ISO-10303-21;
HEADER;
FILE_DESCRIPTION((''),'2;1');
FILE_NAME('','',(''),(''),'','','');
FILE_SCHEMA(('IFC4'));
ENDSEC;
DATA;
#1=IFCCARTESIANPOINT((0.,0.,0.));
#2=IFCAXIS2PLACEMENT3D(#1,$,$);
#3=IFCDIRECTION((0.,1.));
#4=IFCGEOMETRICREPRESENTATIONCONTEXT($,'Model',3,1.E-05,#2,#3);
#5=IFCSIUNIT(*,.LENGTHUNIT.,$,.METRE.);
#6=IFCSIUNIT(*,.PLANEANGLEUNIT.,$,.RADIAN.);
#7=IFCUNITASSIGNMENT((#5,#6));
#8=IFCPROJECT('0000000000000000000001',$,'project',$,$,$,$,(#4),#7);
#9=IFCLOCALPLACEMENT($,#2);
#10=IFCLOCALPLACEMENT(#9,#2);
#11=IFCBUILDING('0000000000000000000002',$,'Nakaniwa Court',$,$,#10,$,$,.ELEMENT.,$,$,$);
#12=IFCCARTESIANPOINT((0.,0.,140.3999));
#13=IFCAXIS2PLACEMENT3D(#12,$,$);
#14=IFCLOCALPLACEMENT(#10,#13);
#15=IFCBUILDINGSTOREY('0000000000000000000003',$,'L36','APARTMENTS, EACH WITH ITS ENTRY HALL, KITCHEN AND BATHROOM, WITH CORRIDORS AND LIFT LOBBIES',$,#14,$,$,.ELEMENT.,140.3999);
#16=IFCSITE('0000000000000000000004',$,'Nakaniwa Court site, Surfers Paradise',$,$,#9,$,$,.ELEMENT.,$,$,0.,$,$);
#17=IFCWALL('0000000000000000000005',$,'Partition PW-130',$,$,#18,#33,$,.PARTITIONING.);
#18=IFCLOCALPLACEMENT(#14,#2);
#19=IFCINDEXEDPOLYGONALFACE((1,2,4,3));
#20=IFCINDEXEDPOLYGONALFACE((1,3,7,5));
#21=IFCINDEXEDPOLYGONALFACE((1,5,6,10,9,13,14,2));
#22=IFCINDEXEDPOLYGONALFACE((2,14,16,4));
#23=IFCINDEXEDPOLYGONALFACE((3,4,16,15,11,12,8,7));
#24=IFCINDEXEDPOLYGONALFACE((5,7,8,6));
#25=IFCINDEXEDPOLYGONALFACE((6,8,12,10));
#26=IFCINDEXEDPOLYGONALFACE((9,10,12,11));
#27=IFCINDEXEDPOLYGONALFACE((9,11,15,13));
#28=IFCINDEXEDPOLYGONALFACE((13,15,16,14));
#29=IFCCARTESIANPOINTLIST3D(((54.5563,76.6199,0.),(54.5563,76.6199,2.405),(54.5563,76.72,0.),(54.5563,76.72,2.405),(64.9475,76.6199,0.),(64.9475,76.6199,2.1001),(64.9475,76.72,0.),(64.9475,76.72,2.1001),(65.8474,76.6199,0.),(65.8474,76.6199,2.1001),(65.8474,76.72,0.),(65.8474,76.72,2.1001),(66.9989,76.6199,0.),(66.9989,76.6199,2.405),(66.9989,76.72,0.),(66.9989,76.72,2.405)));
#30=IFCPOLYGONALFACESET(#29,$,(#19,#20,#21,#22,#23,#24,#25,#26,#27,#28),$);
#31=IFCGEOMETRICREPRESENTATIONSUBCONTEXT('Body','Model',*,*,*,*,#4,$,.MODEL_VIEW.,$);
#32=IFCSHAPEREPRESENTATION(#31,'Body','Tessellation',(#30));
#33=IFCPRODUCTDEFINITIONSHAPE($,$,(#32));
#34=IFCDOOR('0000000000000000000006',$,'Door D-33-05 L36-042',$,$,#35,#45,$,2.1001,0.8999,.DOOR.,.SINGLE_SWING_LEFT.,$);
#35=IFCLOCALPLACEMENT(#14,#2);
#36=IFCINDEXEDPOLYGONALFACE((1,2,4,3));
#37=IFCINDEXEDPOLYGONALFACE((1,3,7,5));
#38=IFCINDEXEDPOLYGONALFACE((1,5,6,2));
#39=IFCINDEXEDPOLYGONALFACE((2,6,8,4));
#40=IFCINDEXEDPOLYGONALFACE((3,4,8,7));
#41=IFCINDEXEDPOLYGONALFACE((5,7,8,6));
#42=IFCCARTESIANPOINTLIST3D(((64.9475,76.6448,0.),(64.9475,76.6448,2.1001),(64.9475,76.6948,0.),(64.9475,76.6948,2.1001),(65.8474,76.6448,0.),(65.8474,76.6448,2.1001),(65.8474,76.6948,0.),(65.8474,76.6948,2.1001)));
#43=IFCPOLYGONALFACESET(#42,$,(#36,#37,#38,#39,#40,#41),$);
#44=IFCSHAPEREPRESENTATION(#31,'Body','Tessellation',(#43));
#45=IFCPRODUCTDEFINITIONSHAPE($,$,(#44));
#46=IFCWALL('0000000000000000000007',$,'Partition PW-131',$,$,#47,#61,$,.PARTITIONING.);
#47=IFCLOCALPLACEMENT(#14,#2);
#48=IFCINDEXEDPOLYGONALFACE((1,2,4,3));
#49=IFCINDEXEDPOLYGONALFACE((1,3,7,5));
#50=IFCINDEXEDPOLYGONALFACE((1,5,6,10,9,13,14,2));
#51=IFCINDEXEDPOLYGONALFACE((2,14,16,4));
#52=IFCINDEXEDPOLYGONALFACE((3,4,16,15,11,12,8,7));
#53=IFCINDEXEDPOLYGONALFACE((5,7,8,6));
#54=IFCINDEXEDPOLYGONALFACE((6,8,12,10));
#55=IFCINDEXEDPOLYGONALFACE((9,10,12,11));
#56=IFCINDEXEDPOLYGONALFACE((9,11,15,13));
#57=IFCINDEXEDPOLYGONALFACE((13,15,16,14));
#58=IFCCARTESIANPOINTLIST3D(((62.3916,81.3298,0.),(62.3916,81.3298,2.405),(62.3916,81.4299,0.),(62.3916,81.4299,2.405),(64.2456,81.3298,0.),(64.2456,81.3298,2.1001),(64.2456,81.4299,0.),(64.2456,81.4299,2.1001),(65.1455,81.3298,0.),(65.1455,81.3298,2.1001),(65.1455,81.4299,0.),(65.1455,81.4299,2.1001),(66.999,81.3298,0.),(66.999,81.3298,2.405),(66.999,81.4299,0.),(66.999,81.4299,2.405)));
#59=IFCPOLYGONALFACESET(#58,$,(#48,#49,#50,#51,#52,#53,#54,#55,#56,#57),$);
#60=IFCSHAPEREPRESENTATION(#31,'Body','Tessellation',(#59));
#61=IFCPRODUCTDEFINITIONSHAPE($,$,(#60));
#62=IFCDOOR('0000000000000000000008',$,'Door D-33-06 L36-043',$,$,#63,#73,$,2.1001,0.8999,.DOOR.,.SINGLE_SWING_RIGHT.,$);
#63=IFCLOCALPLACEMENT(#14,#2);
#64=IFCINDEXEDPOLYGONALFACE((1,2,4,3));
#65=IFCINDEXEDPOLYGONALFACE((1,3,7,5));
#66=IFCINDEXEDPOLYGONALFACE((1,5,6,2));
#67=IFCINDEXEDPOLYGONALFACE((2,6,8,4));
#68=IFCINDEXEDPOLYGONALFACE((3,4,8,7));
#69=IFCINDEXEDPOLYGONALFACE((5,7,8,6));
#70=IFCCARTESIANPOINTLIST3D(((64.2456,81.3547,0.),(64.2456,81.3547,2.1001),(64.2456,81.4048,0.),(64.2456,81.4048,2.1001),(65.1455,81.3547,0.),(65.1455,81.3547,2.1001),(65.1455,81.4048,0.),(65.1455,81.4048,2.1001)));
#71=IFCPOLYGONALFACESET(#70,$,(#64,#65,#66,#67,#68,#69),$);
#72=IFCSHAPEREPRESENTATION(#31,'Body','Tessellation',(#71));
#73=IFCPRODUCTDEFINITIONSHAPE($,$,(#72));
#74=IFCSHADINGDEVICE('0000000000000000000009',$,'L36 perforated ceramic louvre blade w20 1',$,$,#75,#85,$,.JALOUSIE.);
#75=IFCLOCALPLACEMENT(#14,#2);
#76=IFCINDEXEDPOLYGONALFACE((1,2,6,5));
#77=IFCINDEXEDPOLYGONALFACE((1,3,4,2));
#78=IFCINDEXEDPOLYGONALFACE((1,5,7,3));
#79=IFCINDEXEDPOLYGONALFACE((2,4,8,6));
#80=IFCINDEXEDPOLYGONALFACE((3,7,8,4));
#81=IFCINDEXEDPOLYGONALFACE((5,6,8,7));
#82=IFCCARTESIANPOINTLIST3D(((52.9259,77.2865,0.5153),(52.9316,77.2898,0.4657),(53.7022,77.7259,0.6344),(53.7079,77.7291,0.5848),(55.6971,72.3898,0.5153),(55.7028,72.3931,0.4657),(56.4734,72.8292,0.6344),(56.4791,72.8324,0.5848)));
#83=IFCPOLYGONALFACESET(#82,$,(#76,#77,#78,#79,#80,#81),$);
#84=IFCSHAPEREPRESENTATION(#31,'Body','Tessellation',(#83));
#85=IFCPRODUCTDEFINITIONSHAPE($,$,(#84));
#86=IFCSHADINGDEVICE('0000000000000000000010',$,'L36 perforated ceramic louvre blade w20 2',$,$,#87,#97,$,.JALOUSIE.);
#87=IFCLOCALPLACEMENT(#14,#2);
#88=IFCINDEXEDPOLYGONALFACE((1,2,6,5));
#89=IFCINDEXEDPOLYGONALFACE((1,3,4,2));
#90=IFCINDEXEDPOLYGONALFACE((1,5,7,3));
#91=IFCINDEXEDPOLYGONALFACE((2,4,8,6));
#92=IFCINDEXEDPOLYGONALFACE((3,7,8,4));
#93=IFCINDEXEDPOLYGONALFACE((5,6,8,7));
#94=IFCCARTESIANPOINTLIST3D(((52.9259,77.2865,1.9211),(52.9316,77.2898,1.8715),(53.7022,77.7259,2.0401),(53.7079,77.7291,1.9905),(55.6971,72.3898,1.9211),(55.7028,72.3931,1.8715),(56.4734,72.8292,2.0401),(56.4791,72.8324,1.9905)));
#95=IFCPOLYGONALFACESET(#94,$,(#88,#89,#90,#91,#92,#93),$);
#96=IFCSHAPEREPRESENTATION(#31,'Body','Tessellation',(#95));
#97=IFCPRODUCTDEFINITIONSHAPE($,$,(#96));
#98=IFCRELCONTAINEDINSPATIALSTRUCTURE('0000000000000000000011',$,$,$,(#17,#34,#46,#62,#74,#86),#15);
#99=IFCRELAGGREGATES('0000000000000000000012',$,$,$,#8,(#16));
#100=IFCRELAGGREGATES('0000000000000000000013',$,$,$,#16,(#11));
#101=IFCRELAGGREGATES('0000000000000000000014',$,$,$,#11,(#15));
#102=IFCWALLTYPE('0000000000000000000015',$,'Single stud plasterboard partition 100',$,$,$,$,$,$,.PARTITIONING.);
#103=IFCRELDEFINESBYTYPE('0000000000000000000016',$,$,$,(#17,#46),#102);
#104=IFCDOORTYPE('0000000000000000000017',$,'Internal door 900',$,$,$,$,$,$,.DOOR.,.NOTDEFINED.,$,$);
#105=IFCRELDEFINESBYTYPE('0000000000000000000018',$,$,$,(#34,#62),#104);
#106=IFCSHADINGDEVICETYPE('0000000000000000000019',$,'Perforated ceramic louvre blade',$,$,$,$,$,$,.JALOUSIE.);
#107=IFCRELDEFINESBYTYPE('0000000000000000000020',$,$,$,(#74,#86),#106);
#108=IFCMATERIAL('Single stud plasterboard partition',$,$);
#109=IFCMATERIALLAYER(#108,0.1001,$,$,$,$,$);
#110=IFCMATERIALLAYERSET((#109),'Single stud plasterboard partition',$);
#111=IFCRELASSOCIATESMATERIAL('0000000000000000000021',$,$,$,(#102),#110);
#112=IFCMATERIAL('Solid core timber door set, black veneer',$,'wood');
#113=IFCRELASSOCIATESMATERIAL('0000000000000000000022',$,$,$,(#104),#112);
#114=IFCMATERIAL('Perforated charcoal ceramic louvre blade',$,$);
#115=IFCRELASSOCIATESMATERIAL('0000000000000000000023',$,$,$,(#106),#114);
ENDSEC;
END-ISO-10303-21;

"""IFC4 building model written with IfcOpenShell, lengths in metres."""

from ifc_helpers import new_model, si_unit, direction, frame, frame_2d, origin, origin_2d, place, context, subcontext, project, spatial, rectangle, extrude, material, layer, layer_set, material_profile, profile_set, type_object, element, fill, save


model = new_model("IFC4")

# Units and contexts
model_context = context("Model", 3, precision=1e-05, world=origin(), true_north=direction((0.0, 1.0)))
body_context = subcontext(model_context, "Body", "Model", "MODEL_VIEW")
ifc_project = project(units=[si_unit("LENGTHUNIT", "METRE"), si_unit("PLANEANGLEUNIT", "RADIAN")], contexts=[model_context])

# Site, building, storey
site_placement = place(None, origin())
site = spatial("IfcSite", under=ifc_project, at=site_placement, Name="Nakaniwa Court site, Surfers Paradise", CompositionType="ELEMENT", RefElevation=0.0)
building_placement = place(site_placement, origin())
building = spatial("IfcBuilding", under=site, at=building_placement, Name="Nakaniwa Court", CompositionType="ELEMENT")
storey_placement = place(building_placement, frame((0.0, 0.0, 140.3999)))
storey = spatial("IfcBuildingStorey", under=building, at=storey_placement, Name="L36", Description="APARTMENTS, EACH WITH ITS ENTRY HALL, KITCHEN AND BATHROOM, WITH CORRIDORS AND LIFT LOBBIES", CompositionType="ELEMENT", Elevation=140.3999)

# Shared definitions
ifc_material_1 = material(Name="Single stud plasterboard partition")
ifc_layer_1 = layer(ifc_material_1, 0.1001)
ifc_layer_set_1 = layer_set([ifc_layer_1], Name="Single stud plasterboard partition")
wall_type_1 = type_object("IfcWallType", Name="Single stud plasterboard partition 100", PredefinedType="PARTITIONING", material=ifc_layer_set_1)

# Walls, openings, doors
wall_1_placement = place(storey_placement, frame((54.5564, 76.6699, 0.0), z_axis=(0.0, 0.0, 1.0), x_axis=(1.0, 0.0, 0.0)))
wall_1 = element("IfcWall", 1, at=wall_1_placement, inside=storey, type_object=wall_type_1, Name="Partition PW-130", PredefinedType="PARTITIONING", context=body_context, shape_type="SweptSolid", body=[
    extrude(rectangle(XDim=12.4426, YDim=0.1001, at=frame_2d((6.2212, 0.0))), origin(), (0.0, 0.0, 1.0), 2.405),
])
opening_1_placement = place(wall_1_placement, frame((10.3911, 0.0, 0.0)))
opening_1 = element("IfcOpeningElement", 2, at=opening_1_placement, cuts=wall_1, PredefinedType="OPENING", context=body_context, shape_type="SweptSolid", body=[
    extrude(rectangle(XDim=0.8999, YDim=2.1001, at=frame_2d((0.45, 1.05))), frame((0.0, 0.0601, 0.0), z_axis=(0.0, -1.0, 0.0), x_axis=(1.0, 0.0, 0.0)), (0.0, 0.0, 1.0), 0.1201),
])
ifc_material_2 = material(Name="Solid core timber door set, black veneer", Category="wood")
door_type = type_object("IfcDoorType", Name="Internal door 900", OperationType="NOTDEFINED", PredefinedType="DOOR", material=ifc_material_2)
door_1_placement = place(opening_1_placement, origin())
door_1 = element("IfcDoor", 3, at=door_1_placement, inside=storey, type_object=door_type, Name="Door D-33-05 L36-042", OperationType="SINGLE_SWING_LEFT", OverallHeight=2.1001, OverallWidth=0.8999, PredefinedType="DOOR", context=body_context, shape_type="SweptSolid", body=[
    extrude(rectangle(XDim=0.8999, YDim=2.1001, at=frame_2d((0.45, 1.05))), frame((0.0, 0.0249, 0.0), z_axis=(0.0, -1.0, 0.0), x_axis=(1.0, 0.0, 0.0)), (0.0, 0.0, 1.0), 0.05),
])
fill(opening_1, door_1)
wall_2_placement = place(storey_placement, frame((62.3916, 81.3799, 0.0), z_axis=(0.0, 0.0, 1.0), x_axis=(1.0, 0.0, 0.0)))
wall_2 = element("IfcWall", 4, at=wall_2_placement, inside=storey, type_object=wall_type_1, Name="Partition PW-131", PredefinedType="PARTITIONING", context=body_context, shape_type="SweptSolid", body=[
    extrude(rectangle(XDim=4.6074, YDim=0.1001, at=frame_2d((2.3037, 0.0))), origin(), (0.0, 0.0, 1.0), 2.405),
])
opening_2_placement = place(wall_2_placement, frame((1.854, 0.0, 0.0)))
opening_2 = element("IfcOpeningElement", 5, at=opening_2_placement, cuts=wall_2, PredefinedType="OPENING", context=body_context, shape_type="SweptSolid", body=[
    extrude(rectangle(XDim=0.8999, YDim=2.1001, at=frame_2d((0.45, 1.05))), frame((0.0, 0.0601, 0.0), z_axis=(0.0, -1.0, 0.0), x_axis=(1.0, 0.0, 0.0)), (0.0, 0.0, 1.0), 0.1201),
])
door_2_placement = place(opening_2_placement, origin())
door_2 = element("IfcDoor", 6, at=door_2_placement, inside=storey, type_object=door_type, Name="Door D-33-06 L36-043", OperationType="SINGLE_SWING_RIGHT", OverallHeight=2.1001, OverallWidth=0.8999, PredefinedType="DOOR", context=body_context, shape_type="SweptSolid", body=[
    extrude(rectangle(XDim=0.8999, YDim=2.1001, at=frame_2d((0.45, 1.05))), frame((0.0, 0.0249, 0.0), z_axis=(0.0, -1.0, 0.0), x_axis=(1.0, 0.0, 0.0)), (0.0, 0.0, 1.0), 0.05),
])
fill(opening_2, door_2)

# Shading devices
ifc_material_3 = material(Name="Perforated charcoal ceramic louvre blade")
ifc_material_profile_1 = material_profile(ifc_material_3, rectangle(XDim=0.8999, YDim=0.05, at=origin_2d()), Name="Perforated ceramic louvre blade")
ifc_profile_set_1 = profile_set([ifc_material_profile_1], Name="Perforated charcoal ceramic louvre blade")
shading_device_type = type_object("IfcShadingDeviceType", Name="Perforated ceramic louvre blade", PredefinedType="JALOUSIE", material=ifc_profile_set_1)
for number, where, z_axis, x_axis, name in (
    (7, (53.3169, 77.5078, 0.55), (0.492532, -0.870294, 0.0), (0.862649, 0.488205, 0.132256), "L36 perforated ceramic louvre blade w20 1"),
    (8, (53.3169, 77.5078, 1.9558), (0.492532, -0.870294, 0.0), (0.862649, 0.488205, 0.132256), "L36 perforated ceramic louvre blade w20 2"),
):
    element("IfcShadingDevice", number, at=place(storey_placement, frame(where, z_axis=z_axis, x_axis=x_axis)), inside=storey, type_object=shading_device_type, Name=name, PredefinedType="JALOUSIE", context=body_context, shape_type="SweptSolid", body=[
        extrude(rectangle(XDim=0.8999, YDim=0.05, at=origin_2d()), origin(), (0.0, 0.0, 1.0), 5.6265),
    ])

save(model, "model.ifc")
